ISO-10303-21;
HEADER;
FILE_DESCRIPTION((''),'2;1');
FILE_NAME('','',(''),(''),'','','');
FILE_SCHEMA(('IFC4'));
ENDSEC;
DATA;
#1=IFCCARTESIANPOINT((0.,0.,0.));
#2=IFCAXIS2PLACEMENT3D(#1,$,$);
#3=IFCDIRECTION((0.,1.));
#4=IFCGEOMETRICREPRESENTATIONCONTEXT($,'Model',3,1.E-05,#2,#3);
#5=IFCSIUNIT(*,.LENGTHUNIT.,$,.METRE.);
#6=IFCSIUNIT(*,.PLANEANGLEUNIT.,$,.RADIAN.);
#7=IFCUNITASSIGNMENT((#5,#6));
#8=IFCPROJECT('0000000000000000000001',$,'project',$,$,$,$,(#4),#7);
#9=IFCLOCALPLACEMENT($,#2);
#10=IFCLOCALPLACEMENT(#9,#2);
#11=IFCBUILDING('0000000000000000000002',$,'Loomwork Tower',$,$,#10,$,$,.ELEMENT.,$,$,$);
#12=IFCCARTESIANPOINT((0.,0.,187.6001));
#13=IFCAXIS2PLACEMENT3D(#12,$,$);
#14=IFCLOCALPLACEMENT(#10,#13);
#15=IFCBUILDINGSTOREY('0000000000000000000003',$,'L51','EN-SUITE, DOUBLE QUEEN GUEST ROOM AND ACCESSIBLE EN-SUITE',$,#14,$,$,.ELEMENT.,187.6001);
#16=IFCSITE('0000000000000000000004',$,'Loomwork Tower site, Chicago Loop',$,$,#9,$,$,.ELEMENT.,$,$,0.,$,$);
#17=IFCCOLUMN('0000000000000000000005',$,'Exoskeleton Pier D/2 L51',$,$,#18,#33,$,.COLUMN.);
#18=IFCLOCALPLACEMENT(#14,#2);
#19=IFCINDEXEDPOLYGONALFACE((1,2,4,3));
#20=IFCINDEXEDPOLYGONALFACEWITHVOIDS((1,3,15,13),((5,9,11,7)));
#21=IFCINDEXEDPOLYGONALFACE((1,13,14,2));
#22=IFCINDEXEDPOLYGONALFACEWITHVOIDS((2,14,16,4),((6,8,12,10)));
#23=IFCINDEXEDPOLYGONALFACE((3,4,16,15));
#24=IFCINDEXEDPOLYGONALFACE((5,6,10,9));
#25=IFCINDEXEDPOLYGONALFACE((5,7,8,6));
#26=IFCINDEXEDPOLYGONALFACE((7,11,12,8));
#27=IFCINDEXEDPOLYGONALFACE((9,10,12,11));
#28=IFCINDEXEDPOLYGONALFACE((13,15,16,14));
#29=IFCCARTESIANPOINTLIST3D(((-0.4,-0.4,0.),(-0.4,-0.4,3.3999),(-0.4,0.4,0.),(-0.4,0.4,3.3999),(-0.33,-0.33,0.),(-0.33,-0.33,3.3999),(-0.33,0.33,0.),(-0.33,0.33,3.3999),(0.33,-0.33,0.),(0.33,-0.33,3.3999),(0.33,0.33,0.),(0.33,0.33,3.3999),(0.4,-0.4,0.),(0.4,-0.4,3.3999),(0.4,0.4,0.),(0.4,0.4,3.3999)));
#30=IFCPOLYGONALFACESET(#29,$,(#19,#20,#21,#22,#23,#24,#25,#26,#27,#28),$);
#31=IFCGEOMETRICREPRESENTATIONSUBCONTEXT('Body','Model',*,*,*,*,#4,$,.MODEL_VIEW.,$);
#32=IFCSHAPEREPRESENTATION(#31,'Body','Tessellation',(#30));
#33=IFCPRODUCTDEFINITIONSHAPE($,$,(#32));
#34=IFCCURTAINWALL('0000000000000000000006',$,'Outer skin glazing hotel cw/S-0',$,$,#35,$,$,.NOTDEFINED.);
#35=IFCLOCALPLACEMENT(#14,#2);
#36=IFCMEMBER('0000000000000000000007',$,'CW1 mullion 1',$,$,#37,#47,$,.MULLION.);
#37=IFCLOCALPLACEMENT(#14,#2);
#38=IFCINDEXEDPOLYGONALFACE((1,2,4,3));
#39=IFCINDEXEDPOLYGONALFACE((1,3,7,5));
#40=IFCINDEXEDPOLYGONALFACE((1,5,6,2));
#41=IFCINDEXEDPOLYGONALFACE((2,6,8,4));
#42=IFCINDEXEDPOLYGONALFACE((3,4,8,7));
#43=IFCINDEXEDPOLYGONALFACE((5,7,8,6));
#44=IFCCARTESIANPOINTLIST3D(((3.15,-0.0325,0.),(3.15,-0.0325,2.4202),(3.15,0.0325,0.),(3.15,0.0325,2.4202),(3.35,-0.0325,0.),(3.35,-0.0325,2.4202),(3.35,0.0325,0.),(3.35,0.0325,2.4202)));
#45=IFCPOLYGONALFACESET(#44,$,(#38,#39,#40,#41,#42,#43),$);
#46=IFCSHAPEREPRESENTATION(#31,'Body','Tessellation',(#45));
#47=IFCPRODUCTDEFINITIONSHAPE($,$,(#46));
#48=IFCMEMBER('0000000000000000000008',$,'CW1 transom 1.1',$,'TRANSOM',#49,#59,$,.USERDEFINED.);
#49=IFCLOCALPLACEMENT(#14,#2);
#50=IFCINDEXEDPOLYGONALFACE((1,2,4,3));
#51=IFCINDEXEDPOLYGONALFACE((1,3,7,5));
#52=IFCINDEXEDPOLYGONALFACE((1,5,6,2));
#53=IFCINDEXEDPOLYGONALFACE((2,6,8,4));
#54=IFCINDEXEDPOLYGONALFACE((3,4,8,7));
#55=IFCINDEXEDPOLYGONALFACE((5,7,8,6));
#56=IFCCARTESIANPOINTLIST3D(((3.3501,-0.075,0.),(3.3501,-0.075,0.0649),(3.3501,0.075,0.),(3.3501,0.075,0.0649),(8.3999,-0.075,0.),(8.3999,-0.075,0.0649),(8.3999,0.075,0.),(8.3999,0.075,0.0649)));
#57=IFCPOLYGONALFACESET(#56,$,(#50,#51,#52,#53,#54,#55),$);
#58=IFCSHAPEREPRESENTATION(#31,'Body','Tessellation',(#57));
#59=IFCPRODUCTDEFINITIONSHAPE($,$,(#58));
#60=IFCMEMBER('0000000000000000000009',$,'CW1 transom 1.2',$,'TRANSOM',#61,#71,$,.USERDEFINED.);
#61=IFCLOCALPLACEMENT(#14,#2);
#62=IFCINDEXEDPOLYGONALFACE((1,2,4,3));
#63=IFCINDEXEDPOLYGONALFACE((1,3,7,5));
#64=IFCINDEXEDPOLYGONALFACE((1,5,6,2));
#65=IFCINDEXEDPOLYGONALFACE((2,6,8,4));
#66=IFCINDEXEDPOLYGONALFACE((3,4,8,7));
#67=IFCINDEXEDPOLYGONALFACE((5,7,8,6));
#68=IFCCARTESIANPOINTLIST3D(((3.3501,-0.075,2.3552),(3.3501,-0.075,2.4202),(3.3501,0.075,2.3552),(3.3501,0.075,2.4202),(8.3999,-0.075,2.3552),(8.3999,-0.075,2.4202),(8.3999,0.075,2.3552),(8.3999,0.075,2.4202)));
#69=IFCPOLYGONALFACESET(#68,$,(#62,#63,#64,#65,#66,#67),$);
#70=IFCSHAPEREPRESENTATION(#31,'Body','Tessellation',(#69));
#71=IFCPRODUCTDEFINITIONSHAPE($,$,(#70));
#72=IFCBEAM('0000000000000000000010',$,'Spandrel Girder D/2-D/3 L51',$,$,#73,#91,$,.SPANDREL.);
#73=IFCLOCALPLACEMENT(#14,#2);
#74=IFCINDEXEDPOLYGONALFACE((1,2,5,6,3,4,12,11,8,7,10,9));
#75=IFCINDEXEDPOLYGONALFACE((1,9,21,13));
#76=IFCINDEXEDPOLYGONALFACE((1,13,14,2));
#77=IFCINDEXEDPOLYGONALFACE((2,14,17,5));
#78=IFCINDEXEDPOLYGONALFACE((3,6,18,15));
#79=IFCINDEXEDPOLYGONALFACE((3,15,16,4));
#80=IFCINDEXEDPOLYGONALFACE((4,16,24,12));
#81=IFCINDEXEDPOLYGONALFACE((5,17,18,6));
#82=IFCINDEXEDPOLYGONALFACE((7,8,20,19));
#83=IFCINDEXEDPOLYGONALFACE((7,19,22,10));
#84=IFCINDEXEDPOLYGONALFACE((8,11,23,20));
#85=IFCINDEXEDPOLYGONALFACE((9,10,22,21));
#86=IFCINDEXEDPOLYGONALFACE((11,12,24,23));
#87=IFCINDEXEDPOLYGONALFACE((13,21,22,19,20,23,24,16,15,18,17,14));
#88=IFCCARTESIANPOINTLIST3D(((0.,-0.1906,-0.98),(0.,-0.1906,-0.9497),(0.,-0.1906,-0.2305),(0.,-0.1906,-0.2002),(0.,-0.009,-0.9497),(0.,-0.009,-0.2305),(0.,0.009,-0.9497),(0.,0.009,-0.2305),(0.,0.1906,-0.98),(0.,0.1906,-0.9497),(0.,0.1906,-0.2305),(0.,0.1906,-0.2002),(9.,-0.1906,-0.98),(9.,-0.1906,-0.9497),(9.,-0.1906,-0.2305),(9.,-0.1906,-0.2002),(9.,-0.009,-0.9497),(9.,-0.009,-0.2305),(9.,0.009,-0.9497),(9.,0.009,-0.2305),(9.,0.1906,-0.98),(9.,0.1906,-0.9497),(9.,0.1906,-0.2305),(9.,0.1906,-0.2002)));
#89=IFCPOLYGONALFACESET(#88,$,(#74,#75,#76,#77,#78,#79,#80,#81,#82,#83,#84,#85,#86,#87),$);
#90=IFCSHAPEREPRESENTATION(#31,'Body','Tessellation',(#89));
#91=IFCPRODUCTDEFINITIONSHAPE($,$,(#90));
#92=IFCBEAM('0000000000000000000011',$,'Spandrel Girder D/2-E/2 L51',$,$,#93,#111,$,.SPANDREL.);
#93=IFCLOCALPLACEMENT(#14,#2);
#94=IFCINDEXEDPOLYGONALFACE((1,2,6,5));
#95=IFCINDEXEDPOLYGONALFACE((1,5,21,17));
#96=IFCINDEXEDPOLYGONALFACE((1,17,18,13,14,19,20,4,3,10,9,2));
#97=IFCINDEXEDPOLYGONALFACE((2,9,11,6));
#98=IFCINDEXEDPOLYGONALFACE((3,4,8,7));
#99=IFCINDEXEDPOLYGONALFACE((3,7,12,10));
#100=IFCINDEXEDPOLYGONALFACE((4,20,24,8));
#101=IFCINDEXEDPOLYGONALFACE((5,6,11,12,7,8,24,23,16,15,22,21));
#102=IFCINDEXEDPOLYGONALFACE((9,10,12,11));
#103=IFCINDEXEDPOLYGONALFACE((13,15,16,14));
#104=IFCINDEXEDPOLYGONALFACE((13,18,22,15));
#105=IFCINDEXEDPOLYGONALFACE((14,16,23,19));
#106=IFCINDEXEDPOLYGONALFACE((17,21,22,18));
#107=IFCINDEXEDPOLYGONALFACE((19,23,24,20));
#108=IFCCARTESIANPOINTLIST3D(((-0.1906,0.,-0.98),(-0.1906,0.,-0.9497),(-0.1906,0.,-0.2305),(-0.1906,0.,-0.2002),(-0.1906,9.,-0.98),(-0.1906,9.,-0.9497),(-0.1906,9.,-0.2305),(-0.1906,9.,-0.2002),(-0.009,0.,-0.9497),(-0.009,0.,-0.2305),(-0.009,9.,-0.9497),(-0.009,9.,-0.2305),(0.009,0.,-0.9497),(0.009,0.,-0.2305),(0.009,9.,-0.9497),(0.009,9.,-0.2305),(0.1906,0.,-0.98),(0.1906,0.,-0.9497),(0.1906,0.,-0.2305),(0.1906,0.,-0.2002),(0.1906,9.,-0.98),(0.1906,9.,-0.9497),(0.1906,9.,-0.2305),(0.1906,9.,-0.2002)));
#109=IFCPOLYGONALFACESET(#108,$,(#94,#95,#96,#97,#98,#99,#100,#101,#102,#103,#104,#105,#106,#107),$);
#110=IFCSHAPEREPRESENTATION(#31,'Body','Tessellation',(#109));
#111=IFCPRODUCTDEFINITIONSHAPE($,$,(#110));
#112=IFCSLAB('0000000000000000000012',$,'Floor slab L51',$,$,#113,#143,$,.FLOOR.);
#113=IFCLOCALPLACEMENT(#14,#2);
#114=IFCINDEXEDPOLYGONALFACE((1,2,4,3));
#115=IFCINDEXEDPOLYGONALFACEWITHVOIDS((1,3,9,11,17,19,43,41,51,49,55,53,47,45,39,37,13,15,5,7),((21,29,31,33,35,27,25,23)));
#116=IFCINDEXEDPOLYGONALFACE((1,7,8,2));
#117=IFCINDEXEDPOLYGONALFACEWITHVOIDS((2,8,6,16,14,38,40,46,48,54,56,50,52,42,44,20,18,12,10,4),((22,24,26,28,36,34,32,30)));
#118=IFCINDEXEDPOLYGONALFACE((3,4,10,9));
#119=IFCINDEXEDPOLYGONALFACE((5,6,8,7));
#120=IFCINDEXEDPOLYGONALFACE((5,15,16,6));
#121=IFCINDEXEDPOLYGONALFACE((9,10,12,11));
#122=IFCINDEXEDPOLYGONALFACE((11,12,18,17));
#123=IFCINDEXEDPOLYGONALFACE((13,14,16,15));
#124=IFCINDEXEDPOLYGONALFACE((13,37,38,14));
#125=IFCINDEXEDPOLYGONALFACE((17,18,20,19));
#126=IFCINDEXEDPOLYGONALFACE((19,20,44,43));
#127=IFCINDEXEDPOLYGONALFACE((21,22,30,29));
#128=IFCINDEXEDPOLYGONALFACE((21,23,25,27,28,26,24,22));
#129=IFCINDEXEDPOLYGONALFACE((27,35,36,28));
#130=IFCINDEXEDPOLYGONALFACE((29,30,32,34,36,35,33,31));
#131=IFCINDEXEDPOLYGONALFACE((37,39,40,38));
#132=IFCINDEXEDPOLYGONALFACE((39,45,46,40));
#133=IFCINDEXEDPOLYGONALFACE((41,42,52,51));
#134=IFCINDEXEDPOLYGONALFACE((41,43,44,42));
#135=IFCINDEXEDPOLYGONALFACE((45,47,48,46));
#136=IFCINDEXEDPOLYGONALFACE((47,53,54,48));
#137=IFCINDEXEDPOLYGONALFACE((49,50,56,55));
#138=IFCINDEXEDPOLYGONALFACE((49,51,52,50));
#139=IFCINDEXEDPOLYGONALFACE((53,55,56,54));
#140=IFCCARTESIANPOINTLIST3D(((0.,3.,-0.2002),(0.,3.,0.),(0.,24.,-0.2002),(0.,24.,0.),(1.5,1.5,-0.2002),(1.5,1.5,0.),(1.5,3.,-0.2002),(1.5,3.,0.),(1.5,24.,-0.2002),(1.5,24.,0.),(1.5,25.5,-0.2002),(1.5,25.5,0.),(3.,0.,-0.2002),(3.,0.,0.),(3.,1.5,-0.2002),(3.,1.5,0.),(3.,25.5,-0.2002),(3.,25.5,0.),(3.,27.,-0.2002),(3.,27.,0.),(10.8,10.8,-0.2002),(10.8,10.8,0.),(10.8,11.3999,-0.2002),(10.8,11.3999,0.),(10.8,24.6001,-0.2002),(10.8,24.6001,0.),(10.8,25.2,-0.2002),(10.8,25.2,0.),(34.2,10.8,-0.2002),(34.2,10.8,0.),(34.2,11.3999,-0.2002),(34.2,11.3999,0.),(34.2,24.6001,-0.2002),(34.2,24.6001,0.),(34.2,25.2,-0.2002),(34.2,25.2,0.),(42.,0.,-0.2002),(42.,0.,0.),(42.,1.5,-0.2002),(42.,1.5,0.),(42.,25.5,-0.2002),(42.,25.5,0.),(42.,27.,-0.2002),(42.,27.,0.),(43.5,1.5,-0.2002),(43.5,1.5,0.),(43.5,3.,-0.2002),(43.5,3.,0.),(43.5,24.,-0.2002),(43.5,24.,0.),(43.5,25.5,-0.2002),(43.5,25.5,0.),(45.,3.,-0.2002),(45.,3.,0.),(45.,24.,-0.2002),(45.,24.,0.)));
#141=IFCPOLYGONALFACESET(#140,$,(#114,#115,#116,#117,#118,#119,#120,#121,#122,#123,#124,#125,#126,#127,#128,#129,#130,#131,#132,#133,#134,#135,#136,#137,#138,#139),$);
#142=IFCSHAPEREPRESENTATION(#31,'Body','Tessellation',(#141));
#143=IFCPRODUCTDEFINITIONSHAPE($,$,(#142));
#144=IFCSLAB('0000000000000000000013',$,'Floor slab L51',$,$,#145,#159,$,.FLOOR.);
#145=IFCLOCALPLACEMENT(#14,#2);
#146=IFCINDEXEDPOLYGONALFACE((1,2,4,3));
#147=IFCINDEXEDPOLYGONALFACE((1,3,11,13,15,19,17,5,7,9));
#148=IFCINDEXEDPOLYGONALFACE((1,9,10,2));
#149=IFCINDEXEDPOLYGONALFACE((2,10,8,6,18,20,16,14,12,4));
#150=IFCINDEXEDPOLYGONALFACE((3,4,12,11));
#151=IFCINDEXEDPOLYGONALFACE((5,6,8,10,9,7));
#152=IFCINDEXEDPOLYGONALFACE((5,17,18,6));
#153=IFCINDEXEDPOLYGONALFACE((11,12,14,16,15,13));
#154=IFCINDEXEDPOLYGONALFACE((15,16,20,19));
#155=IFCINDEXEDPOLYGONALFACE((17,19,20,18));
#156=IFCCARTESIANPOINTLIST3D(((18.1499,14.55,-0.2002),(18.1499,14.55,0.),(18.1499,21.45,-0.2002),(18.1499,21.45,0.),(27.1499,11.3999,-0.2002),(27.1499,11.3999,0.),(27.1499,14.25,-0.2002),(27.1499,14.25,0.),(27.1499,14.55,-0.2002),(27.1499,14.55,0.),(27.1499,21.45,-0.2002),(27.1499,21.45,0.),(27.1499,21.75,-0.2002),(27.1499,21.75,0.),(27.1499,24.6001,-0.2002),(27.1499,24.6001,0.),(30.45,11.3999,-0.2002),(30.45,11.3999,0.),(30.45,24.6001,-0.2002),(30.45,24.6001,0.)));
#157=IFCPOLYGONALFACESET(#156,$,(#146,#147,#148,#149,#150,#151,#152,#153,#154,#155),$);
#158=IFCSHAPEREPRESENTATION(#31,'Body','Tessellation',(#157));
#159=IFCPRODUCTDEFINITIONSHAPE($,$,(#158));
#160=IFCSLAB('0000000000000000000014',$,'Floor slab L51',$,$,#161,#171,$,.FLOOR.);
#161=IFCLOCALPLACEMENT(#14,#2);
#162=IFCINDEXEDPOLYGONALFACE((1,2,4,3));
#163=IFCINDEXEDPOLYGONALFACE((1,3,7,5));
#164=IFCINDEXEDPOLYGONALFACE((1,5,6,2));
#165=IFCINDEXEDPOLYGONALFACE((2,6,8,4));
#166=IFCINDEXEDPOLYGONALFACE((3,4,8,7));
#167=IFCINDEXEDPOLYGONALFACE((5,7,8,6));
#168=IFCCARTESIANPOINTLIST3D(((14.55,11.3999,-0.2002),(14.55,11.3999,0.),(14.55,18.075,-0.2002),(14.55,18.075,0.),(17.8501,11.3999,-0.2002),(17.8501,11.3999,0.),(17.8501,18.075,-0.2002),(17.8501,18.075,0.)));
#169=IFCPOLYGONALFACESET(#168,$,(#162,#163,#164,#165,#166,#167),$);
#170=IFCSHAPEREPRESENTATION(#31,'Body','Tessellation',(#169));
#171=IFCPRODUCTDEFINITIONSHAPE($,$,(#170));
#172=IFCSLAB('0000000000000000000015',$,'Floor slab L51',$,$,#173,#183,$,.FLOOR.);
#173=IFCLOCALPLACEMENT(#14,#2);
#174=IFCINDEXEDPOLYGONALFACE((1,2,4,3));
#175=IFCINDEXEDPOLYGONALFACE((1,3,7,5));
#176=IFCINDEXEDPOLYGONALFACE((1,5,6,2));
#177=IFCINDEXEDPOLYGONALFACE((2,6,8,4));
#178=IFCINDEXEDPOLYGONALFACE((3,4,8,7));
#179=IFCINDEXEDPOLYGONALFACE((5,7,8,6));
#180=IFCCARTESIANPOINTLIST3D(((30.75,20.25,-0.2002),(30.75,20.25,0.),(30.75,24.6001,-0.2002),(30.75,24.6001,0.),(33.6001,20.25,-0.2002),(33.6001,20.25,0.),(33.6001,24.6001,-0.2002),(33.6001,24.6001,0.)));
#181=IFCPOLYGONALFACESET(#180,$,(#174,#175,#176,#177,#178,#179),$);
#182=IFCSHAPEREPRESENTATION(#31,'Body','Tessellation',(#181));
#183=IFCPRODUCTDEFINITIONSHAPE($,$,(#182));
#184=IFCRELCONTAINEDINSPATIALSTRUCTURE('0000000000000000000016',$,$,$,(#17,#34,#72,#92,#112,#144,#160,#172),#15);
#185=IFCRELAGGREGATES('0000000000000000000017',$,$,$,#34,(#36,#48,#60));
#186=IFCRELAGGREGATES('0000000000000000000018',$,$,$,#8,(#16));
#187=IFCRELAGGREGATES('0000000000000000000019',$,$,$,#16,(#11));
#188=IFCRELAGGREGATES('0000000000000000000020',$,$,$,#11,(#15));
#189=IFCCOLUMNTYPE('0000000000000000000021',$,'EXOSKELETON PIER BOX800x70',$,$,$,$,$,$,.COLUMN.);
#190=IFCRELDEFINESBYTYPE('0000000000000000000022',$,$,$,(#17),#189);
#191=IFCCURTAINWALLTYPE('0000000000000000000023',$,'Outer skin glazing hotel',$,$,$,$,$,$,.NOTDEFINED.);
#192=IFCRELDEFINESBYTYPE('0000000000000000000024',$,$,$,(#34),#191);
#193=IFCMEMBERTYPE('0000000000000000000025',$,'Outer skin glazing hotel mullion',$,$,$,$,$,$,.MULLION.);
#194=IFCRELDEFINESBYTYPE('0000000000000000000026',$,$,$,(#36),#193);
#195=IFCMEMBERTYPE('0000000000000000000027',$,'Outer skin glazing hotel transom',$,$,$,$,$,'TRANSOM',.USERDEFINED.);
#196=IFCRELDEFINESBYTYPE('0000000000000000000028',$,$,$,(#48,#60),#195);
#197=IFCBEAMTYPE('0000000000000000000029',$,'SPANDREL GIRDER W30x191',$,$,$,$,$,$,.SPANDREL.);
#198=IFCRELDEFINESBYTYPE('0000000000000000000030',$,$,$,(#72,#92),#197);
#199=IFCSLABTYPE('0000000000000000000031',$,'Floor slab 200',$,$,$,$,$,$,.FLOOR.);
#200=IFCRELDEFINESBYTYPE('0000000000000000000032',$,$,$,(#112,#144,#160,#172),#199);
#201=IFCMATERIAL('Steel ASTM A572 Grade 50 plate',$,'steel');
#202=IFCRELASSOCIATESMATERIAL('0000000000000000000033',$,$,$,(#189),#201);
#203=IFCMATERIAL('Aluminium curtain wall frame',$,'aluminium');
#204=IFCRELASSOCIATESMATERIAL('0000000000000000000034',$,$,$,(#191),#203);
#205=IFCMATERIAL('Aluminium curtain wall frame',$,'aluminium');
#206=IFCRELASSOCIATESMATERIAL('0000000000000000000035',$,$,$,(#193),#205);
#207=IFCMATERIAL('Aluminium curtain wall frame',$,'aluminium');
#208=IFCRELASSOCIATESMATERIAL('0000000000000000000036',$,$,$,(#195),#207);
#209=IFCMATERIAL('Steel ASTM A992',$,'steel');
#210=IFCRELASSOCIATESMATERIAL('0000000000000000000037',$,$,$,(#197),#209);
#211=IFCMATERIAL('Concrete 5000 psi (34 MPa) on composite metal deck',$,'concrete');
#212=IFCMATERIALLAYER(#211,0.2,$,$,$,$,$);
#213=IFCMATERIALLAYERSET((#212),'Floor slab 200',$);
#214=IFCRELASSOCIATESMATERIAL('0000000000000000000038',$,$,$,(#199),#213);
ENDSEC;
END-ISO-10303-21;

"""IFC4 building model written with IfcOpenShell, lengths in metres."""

from ifc_helpers import new_model, si_unit, direction, frame, origin, origin_with_axes, origin_2d, place, context, subcontext, project, spatial, polyline, rectangle, hollow_rectangle, i_section, outline, extrude, material, layer, layer_set, material_profile, profile_set, type_object, element, aggregate, save


model = new_model("IFC4")

# Units and contexts
model_context = context("Model", 3, precision=1e-05, world=origin(), true_north=direction((0.0, 1.0)))
body_context = subcontext(model_context, "Body", "Model", "MODEL_VIEW")
ifc_project = project(units=[si_unit("LENGTHUNIT", "METRE"), si_unit("PLANEANGLEUNIT", "RADIAN")], contexts=[model_context])

# Site, building, storey
site_placement = place(None, origin())
site = spatial("IfcSite", under=ifc_project, at=site_placement, Name="Loomwork Tower site, Chicago Loop", CompositionType="ELEMENT", RefElevation=0.0)
building_placement = place(site_placement, origin())
building = spatial("IfcBuilding", under=site, at=building_placement, Name="Loomwork Tower", CompositionType="ELEMENT")
storey_placement = place(building_placement, frame((0.0, 0.0, 187.6001)))
storey = spatial("IfcBuildingStorey", under=building, at=storey_placement, Name="L51", Description="EN-SUITE, DOUBLE QUEEN GUEST ROOM AND ACCESSIBLE EN-SUITE", CompositionType="ELEMENT", Elevation=187.6001)

# Column
ifc_material_1 = material(Name="Steel ASTM A572 Grade 50 plate", Category="steel")
ifc_material_profile_1 = material_profile(ifc_material_1, hollow_rectangle(XDim=0.8, YDim=0.8, WallThickness=0.0701, at=origin_2d()), Name="BOX800x70")
ifc_profile_set_1 = profile_set([ifc_material_profile_1], Name="Steel ASTM A572 Grade 50 plate")
column_type = type_object("IfcColumnType", Name="EXOSKELETON PIER BOX800x70", PredefinedType="COLUMN", material=ifc_profile_set_1)
column_placement = place(storey_placement, origin_with_axes())
element("IfcColumn", 1, at=column_placement, inside=storey, type_object=column_type, Name="Exoskeleton Pier D/2 L51", PredefinedType="COLUMN", context=body_context, shape_type="SweptSolid", body=[
    extrude(hollow_rectangle(XDim=0.8, YDim=0.8, WallThickness=0.0701, at=origin_2d()), origin(), (0.0, 0.0, 1.0), 3.3999),
])

# Curtain wall, members
ifc_material_2 = material(Name="Aluminium curtain wall frame", Category="aluminium")
curtain_wall_type = type_object("IfcCurtainWallType", Name="Outer skin glazing hotel", PredefinedType="NOTDEFINED", material=ifc_material_2)
curtain_wall_placement = place(storey_placement, origin())
curtain_wall = element("IfcCurtainWall", 2, at=curtain_wall_placement, inside=storey, type_object=curtain_wall_type, Name="Outer skin glazing hotel cw/S-0", PredefinedType="NOTDEFINED")
ifc_material_3 = material(Name="Aluminium curtain wall frame", Category="aluminium")
ifc_material_profile_2 = material_profile(ifc_material_3, rectangle(XDim=0.0649, YDim=0.2, at=origin_2d()), Name="AL 65x200")
ifc_profile_set_2 = profile_set([ifc_material_profile_2], Name="Aluminium curtain wall frame")
member_type_1 = type_object("IfcMemberType", Name="Outer skin glazing hotel mullion", PredefinedType="MULLION", material=ifc_profile_set_2)
member_1_placement = place(storey_placement, frame((3.25, 0.0, 0.0), z_axis=(0.0, 0.0, 1.0), x_axis=(0.0, 1.0, 0.0)))
member_1 = element("IfcMember", 3, at=member_1_placement, type_object=member_type_1, Name="CW1 mullion 1", PredefinedType="MULLION", context=body_context, shape_type="SweptSolid", body=[
    extrude(rectangle(XDim=0.0649, YDim=0.2, at=origin_2d()), origin(), (0.0, 0.0, 1.0), 2.4202),
])
ifc_material_4 = material(Name="Aluminium curtain wall frame", Category="aluminium")
ifc_material_profile_3 = material_profile(ifc_material_4, rectangle(XDim=0.1499, YDim=0.0649, at=origin_2d()), Name="AL 65x150")
ifc_profile_set_3 = profile_set([ifc_material_profile_3], Name="Aluminium curtain wall frame")
member_type_2 = type_object("IfcMemberType", Name="Outer skin glazing hotel transom", ElementType="TRANSOM", PredefinedType="USERDEFINED", material=ifc_profile_set_3)
member_2_placement = place(storey_placement, frame((3.3501, 0.0, 0.0325), z_axis=(1.0, 0.0, 0.0), x_axis=(0.0, 1.0, 0.0)))
member_2 = element("IfcMember", 4, at=member_2_placement, type_object=member_type_2, Name="CW1 transom 1.1", ObjectType="TRANSOM", PredefinedType="USERDEFINED", context=body_context, shape_type="SweptSolid", body=[
    extrude(rectangle(XDim=0.1499, YDim=0.0649, at=origin_2d()), origin(), (0.0, 0.0, 1.0), 5.0498),
])
member_3_placement = place(storey_placement, frame((3.3501, 0.0, 2.3877), z_axis=(1.0, 0.0, 0.0), x_axis=(0.0, 1.0, 0.0)))
member_3 = element("IfcMember", 5, at=member_3_placement, type_object=member_type_2, Name="CW1 transom 1.2", ObjectType="TRANSOM", PredefinedType="USERDEFINED", context=body_context, shape_type="SweptSolid", body=[
    extrude(rectangle(XDim=0.1499, YDim=0.0649, at=origin_2d()), origin(), (0.0, 0.0, 1.0), 5.0498),
])
aggregate(curtain_wall, [member_1, member_2, member_3])

# Beams
ifc_material_5 = material(Name="Steel ASTM A992", Category="steel")
ifc_material_profile_4 = material_profile(ifc_material_5, i_section(OverallWidth=0.3811, OverallDepth=0.7798, WebThickness=0.0181, FlangeThickness=0.0303, at=origin_2d()), Name="W30x191")
ifc_profile_set_4 = profile_set([ifc_material_profile_4], Name="Steel ASTM A992")
beam_type = type_object("IfcBeamType", Name="SPANDREL GIRDER W30x191", PredefinedType="SPANDREL", material=ifc_profile_set_4)
for number, where, z_axis, x_axis, name in (
    (6, (0.0, 0.0, -0.5901), (1.0, 0.0, 0.0), (0.0, 1.0, 0.0), "Spandrel Girder D/2-D/3 L51"),
    (7, (0.0, 0.0, -0.5901), (0.0, 1.0, 0.0), (-1.0, 0.0, 0.0), "Spandrel Girder D/2-E/2 L51"),
):
    element("IfcBeam", number, at=place(storey_placement, frame(where, z_axis=z_axis, x_axis=x_axis)), inside=storey, type_object=beam_type, Name=name, PredefinedType="SPANDREL", context=body_context, shape_type="SweptSolid", body=[
        extrude(i_section(OverallWidth=0.3811, OverallDepth=0.7798, WebThickness=0.0181, FlangeThickness=0.0303, at=origin_2d()), origin(), (0.0, 0.0, 1.0), 9.0),
    ])

# Slabs
ifc_material_6 = material(Name="Concrete 5000 psi (34 MPa) on composite metal deck", Category="concrete")
ifc_layer_1 = layer(ifc_material_6, 0.2)
ifc_layer_set_1 = layer_set([ifc_layer_1], Name="Floor slab 200")
slab_type_1 = type_object("IfcSlabType", Name="Floor slab 200", PredefinedType="FLOOR", material=ifc_layer_set_1)
slab_1_placement = place(storey_placement, frame((0.0, 0.0, -0.2002)))
element("IfcSlab", 8, at=slab_1_placement, inside=storey, type_object=slab_type_1, Name="Floor slab L51", PredefinedType="FLOOR", context=body_context, shape_type="SweptSolid", body=[
    extrude(outline(polyline([(3.0, 1.5), (1.5, 1.5), (1.5, 3.0), (0.0, 3.0), (0.0, 24.0), (1.5, 24.0), (1.5, 25.5), (3.0, 25.5), (3.0, 27.0), (42.0, 27.0), (42.0, 25.5), (43.5, 25.5), (43.5, 24.0), (45.0, 24.0), (45.0, 3.0), (43.5, 3.0), (43.5, 1.5), (42.0, 1.5), (42.0, 0.0), (3.0, 0.0), (3.0, 1.5)]), holes=[polyline([(10.8, 11.3999), (10.8, 11.3999), (10.8, 10.8), (34.2, 10.8), (34.2, 11.3999), (34.2, 11.3999), (34.2, 24.6001), (34.2, 25.2), (10.8, 25.2), (10.8, 24.6001), (10.8, 11.3999)])]), origin(), (0.0, 0.0, 1.0), 0.2002),
])
slab_2_placement = place(storey_placement, frame((0.0, 0.0, -0.2002)))
element("IfcSlab", 9, at=slab_2_placement, inside=storey, type_object=slab_type_1, Name="Floor slab L51", PredefinedType="FLOOR", context=body_context, shape_type="SweptSolid", body=[
    extrude(outline(polyline([(30.45, 24.6001), (30.45, 11.3999), (27.1499, 11.3999), (27.1499, 14.25), (27.1499, 14.55), (18.1499, 14.55), (18.1499, 21.45), (27.1499, 21.45), (27.1499, 21.75), (27.1499, 24.6001), (30.45, 24.6001)])), origin(), (0.0, 0.0, 1.0), 0.2002),
])
slab_3_placement = place(storey_placement, frame((0.0, 0.0, -0.2002)))
element("IfcSlab", 10, at=slab_3_placement, inside=storey, type_object=slab_type_1, Name="Floor slab L51", PredefinedType="FLOOR", context=body_context, shape_type="SweptSolid", body=[
    extrude(outline(polyline([(14.55, 11.3999), (14.55, 18.075), (17.8501, 18.075), (17.8501, 11.3999), (14.55, 11.3999)])), origin(), (0.0, 0.0, 1.0), 0.2002),
])
slab_4_placement = place(storey_placement, frame((0.0, 0.0, -0.2002)))
element("IfcSlab", 11, at=slab_4_placement, inside=storey, type_object=slab_type_1, Name="Floor slab L51", PredefinedType="FLOOR", context=body_context, shape_type="SweptSolid", body=[
    extrude(outline(polyline([(33.6001, 20.25), (30.75, 20.25), (30.75, 24.6001), (33.6001, 24.6001), (33.6001, 20.25)])), origin(), (0.0, 0.0, 1.0), 0.2002),
])

save(model, "model.ifc")
